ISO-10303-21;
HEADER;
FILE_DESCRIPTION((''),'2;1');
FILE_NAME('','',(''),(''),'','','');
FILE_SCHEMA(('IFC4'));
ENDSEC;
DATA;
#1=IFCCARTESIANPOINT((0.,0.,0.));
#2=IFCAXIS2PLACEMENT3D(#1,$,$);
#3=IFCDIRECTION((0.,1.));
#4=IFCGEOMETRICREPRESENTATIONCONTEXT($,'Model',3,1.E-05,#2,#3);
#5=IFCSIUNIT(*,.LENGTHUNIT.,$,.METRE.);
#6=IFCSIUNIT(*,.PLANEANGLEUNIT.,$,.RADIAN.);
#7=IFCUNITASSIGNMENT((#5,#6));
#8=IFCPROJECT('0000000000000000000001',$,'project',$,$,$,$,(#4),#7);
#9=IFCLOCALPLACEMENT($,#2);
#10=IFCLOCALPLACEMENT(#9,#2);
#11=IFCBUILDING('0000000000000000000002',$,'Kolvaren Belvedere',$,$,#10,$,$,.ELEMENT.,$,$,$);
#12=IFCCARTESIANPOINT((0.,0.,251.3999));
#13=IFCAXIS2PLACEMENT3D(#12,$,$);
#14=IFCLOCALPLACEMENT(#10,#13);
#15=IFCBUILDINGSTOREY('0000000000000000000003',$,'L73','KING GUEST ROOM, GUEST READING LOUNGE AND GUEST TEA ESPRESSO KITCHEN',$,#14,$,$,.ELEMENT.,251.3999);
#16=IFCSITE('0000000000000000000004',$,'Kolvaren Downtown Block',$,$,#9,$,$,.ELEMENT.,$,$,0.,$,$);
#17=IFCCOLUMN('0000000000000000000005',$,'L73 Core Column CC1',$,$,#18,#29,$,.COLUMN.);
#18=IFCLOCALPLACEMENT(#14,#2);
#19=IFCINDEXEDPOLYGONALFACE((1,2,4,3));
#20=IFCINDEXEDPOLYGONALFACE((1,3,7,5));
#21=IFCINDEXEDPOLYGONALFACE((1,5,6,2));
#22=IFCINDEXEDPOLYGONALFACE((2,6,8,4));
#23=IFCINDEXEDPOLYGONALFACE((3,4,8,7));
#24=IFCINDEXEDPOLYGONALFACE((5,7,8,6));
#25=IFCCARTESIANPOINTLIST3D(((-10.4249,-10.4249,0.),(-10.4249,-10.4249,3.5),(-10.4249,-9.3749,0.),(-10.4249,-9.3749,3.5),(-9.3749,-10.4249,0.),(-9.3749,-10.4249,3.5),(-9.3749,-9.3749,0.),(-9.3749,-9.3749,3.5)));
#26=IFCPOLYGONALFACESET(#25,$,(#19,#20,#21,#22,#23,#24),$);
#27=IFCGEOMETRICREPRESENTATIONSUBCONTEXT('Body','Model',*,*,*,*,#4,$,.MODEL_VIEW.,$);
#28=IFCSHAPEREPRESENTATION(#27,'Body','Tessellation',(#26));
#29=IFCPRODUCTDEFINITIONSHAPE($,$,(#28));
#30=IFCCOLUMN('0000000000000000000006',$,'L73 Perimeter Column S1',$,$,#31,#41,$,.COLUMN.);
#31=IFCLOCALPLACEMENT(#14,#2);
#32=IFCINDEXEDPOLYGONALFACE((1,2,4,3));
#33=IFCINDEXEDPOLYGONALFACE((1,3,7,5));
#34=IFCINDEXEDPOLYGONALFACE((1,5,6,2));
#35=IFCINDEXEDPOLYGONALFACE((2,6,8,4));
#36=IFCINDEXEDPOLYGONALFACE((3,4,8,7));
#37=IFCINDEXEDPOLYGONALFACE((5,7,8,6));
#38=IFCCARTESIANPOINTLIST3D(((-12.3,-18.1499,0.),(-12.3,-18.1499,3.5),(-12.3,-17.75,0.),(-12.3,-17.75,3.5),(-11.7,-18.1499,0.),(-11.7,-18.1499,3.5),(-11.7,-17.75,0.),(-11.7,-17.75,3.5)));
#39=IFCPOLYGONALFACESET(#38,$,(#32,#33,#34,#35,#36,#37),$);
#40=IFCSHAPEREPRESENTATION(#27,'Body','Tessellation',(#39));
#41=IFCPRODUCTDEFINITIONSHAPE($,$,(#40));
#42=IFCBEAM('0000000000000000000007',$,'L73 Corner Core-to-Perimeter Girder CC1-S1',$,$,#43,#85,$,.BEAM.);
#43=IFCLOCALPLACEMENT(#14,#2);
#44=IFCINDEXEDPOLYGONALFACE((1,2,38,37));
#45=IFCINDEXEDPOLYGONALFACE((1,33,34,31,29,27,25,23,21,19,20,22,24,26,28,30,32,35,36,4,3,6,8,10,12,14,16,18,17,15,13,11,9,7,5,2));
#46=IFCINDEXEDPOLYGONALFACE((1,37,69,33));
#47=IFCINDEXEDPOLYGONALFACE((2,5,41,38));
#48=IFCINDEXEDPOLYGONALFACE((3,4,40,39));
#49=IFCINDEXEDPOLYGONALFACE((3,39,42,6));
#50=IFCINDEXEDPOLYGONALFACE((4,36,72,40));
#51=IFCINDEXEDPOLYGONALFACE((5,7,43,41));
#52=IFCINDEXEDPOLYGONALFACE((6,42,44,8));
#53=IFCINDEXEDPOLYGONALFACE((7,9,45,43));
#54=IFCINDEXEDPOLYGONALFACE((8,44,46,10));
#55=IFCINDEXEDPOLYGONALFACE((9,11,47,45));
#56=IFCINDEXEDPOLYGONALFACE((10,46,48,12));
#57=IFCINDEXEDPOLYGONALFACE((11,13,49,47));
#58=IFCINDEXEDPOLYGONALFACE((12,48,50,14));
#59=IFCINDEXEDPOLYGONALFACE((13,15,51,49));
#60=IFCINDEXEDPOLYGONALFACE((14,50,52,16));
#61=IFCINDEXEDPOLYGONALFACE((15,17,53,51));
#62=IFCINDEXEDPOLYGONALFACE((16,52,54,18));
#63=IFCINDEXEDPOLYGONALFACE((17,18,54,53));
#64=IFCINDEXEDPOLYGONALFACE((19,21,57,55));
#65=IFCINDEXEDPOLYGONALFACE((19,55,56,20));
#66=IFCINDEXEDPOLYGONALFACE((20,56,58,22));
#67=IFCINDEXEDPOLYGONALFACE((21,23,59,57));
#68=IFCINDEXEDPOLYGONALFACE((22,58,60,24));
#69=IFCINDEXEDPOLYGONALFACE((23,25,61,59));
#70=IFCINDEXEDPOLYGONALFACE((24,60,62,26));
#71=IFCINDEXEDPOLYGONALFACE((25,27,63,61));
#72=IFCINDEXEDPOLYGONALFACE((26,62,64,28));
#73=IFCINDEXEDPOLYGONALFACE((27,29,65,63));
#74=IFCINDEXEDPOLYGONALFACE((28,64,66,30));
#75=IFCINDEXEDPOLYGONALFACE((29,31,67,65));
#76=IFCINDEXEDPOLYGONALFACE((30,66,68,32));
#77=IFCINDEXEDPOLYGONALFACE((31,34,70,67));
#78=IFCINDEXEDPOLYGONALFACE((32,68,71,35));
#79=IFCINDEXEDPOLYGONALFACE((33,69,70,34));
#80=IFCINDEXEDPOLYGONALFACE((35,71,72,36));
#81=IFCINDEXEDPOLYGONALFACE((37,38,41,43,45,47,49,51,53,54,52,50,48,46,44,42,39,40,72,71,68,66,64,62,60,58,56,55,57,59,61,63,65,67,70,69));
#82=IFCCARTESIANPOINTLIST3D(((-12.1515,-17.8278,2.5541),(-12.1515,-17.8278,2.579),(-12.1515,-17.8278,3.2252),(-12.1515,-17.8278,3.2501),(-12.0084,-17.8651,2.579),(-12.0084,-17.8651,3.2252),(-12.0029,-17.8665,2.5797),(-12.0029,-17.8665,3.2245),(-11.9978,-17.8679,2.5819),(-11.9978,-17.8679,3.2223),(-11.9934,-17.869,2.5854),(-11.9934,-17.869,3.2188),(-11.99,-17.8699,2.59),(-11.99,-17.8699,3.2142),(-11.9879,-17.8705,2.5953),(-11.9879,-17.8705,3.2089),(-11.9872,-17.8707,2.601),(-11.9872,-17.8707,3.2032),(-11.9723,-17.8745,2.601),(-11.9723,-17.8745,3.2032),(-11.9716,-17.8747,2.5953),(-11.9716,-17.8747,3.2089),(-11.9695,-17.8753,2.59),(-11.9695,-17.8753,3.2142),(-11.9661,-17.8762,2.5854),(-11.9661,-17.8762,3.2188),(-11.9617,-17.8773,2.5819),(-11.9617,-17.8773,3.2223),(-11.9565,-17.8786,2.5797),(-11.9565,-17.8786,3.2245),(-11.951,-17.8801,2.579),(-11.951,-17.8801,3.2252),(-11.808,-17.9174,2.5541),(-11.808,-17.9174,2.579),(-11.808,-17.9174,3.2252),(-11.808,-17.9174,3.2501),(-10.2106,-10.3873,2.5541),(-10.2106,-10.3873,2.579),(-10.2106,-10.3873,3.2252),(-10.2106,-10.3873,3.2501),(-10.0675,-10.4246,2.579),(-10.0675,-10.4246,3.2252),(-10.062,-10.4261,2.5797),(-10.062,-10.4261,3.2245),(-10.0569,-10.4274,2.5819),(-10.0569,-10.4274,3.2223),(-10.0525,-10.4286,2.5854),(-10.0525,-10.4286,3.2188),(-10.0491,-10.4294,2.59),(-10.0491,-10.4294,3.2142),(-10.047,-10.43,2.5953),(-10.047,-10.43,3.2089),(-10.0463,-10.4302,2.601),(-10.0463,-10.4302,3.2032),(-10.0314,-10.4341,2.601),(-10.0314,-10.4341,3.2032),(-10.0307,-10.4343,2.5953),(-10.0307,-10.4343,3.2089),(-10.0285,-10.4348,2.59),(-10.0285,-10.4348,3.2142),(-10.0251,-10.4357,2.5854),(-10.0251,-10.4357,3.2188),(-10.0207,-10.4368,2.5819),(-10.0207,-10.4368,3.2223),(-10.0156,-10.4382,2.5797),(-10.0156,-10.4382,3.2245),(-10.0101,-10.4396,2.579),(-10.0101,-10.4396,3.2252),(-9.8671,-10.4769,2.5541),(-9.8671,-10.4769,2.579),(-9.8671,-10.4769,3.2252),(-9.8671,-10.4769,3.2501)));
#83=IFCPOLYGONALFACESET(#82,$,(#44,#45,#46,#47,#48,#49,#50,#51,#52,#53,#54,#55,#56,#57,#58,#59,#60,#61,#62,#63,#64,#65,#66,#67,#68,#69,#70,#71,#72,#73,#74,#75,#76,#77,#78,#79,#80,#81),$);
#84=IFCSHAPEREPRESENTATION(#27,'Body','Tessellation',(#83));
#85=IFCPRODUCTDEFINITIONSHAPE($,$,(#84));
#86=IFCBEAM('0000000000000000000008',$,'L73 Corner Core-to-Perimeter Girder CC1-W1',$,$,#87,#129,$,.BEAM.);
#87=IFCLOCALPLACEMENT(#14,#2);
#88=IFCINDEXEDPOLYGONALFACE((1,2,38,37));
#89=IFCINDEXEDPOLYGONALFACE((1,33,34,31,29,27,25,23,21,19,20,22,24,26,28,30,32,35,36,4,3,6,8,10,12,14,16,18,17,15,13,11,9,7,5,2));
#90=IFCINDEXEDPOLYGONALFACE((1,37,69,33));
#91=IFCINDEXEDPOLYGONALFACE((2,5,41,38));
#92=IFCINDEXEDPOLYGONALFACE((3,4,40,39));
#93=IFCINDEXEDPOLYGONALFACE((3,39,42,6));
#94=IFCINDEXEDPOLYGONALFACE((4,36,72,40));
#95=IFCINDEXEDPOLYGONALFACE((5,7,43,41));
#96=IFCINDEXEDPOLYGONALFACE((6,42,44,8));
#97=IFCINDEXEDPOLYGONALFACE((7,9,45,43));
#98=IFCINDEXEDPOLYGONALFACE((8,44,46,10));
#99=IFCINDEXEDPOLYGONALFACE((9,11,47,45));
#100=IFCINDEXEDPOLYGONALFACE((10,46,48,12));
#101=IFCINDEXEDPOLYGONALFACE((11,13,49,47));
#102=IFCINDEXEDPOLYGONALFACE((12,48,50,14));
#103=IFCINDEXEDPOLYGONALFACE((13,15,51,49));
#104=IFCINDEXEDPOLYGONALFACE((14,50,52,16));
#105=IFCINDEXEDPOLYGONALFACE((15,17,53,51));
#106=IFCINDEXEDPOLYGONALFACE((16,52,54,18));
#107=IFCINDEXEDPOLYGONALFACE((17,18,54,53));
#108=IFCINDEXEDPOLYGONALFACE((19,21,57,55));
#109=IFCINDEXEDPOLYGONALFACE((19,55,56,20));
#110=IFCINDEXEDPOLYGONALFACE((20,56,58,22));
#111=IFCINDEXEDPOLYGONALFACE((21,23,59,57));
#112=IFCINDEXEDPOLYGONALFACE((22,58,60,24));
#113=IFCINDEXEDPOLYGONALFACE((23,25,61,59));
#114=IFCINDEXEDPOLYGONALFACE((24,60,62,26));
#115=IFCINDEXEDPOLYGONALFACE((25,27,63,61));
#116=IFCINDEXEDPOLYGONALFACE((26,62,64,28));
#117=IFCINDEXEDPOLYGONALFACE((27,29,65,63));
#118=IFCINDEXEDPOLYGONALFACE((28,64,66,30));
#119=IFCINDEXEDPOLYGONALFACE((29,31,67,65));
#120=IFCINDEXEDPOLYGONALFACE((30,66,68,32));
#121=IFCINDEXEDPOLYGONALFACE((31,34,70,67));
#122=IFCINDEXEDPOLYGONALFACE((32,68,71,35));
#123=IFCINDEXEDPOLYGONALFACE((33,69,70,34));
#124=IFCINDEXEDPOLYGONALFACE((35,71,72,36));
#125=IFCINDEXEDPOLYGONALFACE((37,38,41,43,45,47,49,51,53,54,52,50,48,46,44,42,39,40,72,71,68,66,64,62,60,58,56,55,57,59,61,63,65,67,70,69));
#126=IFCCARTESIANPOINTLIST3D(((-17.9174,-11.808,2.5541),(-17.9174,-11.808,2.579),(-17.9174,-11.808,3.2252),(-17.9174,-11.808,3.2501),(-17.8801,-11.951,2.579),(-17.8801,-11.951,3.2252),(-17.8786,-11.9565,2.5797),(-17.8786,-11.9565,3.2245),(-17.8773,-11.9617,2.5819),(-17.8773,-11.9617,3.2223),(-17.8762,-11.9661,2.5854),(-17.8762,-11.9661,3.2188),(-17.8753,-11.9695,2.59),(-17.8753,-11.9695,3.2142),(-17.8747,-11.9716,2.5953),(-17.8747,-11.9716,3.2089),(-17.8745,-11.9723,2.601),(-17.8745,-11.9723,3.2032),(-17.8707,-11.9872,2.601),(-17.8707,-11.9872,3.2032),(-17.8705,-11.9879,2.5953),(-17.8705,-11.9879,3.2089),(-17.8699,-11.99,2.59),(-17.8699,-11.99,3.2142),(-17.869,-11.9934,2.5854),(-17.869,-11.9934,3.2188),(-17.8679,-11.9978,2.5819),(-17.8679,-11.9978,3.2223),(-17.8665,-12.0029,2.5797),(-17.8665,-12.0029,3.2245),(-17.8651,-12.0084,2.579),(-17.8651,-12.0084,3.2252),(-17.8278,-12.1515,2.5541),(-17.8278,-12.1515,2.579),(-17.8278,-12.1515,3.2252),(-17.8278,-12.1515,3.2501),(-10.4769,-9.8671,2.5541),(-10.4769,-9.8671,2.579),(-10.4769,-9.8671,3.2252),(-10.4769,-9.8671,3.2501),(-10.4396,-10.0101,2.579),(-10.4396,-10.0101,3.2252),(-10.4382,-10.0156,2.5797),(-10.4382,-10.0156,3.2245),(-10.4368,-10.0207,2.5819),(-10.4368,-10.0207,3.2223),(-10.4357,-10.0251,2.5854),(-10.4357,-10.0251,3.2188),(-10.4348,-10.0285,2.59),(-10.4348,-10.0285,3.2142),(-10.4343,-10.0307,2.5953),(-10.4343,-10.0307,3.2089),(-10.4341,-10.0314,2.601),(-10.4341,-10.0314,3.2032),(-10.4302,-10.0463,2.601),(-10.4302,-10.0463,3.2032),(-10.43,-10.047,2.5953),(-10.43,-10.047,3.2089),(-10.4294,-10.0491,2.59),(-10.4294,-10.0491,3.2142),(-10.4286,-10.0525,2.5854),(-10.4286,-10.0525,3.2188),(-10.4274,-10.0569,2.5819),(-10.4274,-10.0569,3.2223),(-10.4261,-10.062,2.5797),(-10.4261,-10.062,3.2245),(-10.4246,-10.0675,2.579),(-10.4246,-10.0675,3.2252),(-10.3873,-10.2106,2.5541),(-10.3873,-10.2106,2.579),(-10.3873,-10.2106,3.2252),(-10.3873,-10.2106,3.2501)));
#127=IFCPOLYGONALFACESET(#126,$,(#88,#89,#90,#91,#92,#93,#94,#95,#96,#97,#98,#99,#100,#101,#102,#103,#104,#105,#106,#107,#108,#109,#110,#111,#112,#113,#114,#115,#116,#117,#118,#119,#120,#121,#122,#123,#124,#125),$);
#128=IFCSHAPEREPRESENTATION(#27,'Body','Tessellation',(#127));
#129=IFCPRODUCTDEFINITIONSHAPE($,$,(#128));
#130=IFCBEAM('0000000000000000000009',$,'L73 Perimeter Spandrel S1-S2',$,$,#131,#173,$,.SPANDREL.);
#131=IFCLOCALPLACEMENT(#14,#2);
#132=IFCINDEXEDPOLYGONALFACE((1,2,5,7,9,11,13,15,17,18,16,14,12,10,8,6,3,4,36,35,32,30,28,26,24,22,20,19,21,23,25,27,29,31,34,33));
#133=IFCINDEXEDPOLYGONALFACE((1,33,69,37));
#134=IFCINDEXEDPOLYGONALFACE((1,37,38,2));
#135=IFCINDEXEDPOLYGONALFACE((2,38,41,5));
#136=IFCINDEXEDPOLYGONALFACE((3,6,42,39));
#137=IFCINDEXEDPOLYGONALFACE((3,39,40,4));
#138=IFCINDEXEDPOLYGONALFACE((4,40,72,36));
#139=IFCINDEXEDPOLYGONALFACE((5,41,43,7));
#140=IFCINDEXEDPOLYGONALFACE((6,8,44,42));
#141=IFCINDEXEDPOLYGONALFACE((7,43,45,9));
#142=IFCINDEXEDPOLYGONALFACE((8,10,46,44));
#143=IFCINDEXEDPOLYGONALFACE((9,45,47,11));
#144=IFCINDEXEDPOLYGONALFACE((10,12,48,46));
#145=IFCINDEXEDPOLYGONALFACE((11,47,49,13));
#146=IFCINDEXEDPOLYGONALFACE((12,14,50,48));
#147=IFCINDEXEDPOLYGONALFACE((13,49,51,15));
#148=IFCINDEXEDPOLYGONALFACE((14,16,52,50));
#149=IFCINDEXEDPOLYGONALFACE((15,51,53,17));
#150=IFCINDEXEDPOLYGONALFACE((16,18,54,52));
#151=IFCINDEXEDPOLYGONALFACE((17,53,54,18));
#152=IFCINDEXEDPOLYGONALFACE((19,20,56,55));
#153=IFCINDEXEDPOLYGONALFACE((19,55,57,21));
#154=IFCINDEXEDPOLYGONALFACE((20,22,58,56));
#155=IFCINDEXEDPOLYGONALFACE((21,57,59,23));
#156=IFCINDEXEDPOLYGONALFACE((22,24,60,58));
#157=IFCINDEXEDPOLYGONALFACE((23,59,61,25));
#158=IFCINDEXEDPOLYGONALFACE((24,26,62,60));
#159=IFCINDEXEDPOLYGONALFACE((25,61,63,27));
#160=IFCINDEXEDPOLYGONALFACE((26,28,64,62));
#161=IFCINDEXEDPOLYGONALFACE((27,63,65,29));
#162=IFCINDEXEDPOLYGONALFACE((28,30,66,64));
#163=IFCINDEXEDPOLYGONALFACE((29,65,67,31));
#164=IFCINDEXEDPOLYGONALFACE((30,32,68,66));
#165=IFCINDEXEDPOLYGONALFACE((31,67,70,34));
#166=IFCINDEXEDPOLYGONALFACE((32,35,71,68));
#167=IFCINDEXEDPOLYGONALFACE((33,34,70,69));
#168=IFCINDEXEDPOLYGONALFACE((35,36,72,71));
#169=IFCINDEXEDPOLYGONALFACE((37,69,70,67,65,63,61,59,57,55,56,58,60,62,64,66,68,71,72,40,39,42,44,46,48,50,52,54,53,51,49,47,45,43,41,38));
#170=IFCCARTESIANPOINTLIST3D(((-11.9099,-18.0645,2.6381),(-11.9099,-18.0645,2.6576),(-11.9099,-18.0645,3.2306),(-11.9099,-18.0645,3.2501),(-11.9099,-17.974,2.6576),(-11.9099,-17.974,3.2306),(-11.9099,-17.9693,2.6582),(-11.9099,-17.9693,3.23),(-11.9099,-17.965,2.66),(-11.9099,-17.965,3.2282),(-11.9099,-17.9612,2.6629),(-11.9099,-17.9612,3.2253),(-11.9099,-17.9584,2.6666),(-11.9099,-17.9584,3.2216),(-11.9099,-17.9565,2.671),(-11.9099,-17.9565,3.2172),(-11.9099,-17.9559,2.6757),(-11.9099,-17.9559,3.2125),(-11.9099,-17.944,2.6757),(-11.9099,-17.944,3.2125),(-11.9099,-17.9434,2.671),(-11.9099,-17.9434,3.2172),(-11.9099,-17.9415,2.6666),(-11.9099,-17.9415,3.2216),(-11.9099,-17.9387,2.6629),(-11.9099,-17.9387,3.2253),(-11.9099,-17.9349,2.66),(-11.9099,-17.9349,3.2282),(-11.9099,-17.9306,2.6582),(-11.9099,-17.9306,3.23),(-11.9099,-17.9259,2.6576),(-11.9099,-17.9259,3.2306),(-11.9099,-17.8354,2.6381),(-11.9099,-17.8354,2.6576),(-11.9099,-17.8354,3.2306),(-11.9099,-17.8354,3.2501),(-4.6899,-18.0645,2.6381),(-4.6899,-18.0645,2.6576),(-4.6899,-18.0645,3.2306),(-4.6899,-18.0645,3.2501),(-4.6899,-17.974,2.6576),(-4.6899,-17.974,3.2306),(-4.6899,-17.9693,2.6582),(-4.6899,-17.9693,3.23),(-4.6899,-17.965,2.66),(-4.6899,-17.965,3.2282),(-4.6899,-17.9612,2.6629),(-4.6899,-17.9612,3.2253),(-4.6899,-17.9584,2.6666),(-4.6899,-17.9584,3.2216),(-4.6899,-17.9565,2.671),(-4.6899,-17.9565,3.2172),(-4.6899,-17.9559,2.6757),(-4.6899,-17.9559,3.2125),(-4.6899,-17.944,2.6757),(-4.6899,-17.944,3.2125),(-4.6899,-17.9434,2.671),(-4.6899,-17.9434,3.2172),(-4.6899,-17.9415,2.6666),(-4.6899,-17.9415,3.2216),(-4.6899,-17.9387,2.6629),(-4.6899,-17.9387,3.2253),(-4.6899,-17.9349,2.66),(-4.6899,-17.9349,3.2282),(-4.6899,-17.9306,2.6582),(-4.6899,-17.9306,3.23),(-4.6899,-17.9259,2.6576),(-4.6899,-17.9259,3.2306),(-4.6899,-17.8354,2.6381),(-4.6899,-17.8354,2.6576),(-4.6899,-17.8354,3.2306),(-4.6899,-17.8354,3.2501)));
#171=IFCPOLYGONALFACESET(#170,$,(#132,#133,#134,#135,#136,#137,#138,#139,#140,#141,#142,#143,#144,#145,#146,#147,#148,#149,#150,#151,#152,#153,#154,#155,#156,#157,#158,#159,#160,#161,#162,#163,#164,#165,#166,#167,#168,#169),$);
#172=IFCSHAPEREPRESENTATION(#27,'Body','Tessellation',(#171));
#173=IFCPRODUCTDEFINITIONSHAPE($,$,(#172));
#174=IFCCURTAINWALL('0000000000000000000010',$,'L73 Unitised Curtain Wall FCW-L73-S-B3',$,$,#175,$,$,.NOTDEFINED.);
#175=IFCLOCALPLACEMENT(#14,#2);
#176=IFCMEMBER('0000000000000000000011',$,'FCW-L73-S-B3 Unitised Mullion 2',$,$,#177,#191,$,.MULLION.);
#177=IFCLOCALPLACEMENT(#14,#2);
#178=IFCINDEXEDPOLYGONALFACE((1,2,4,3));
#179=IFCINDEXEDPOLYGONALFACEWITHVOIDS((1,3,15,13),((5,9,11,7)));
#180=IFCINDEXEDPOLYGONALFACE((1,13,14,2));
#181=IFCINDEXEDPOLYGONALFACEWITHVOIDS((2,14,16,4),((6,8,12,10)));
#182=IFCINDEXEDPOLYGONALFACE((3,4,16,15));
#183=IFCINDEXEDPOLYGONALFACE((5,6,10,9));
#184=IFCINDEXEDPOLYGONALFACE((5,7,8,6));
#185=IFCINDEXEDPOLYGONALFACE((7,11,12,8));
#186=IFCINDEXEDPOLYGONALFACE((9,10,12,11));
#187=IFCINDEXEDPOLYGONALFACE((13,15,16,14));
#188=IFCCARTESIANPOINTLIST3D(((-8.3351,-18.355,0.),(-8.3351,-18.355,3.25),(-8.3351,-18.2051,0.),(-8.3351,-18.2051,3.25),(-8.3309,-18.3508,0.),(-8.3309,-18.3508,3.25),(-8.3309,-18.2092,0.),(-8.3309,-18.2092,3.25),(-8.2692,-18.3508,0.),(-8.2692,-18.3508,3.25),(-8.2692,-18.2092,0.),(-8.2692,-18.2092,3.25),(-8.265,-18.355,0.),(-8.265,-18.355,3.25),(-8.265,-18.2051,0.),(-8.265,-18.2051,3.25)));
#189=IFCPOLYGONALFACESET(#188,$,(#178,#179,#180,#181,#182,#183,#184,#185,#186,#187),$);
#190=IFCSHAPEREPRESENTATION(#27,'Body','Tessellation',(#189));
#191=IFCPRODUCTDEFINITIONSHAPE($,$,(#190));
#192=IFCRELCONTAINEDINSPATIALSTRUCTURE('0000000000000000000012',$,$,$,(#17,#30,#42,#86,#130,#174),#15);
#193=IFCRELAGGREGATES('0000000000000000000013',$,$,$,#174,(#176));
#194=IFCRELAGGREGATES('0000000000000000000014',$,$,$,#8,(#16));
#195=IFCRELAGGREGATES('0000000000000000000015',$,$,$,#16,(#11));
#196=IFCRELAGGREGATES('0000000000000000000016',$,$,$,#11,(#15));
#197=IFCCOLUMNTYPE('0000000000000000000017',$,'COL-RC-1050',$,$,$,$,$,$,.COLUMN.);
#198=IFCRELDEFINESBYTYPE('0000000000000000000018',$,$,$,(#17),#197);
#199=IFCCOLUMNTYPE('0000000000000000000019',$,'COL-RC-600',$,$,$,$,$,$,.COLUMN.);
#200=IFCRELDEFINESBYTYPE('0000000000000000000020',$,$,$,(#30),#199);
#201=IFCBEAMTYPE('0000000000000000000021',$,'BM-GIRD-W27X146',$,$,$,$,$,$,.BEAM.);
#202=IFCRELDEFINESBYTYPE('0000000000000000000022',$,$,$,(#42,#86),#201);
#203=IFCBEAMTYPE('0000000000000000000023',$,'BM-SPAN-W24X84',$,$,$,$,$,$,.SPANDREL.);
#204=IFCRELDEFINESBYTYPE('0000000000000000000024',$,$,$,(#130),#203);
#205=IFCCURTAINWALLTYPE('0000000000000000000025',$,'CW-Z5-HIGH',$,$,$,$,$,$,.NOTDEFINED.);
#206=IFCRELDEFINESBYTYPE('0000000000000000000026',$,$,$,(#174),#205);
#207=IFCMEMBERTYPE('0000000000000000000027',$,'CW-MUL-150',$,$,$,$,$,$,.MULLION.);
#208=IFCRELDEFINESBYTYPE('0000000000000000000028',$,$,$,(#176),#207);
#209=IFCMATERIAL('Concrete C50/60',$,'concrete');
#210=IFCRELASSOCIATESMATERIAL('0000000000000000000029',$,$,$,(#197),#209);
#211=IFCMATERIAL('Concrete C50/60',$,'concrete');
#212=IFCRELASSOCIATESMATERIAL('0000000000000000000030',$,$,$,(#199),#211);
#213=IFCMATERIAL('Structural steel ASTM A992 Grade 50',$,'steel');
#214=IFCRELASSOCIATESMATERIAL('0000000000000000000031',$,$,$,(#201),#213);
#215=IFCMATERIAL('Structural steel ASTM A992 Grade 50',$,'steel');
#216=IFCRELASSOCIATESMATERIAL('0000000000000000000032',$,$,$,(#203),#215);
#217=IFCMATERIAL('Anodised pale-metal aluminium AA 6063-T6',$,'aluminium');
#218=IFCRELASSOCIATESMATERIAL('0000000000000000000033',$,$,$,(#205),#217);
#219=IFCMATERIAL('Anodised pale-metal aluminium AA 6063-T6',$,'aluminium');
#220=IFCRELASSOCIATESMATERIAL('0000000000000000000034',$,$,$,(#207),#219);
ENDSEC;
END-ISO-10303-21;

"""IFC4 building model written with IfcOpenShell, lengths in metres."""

from ifc_helpers import new_model, si_unit, direction, frame, origin, origin_2d, place, context, subcontext, project, spatial, rectangle, hollow_rectangle, i_section, extrude, material, material_profile, profile_set, type_object, element, aggregate, save


model = new_model("IFC4")

# Units and contexts
model_context = context("Model", 3, precision=1e-05, world=origin(), true_north=direction((0.0, 1.0)))
body_context = subcontext(model_context, "Body", "Model", "MODEL_VIEW")
ifc_project = project(units=[si_unit("LENGTHUNIT", "METRE"), si_unit("PLANEANGLEUNIT", "RADIAN")], contexts=[model_context])

# Site, building, storey
site_placement = place(None, origin())
site = spatial("IfcSite", under=ifc_project, at=site_placement, Name="Kolvaren Downtown Block", CompositionType="ELEMENT", RefElevation=0.0)
building_placement = place(site_placement, origin())
building = spatial("IfcBuilding", under=site, at=building_placement, Name="Kolvaren Belvedere", CompositionType="ELEMENT")
storey_placement = place(building_placement, frame((0.0, 0.0, 251.3999)))
storey = spatial("IfcBuildingStorey", under=building, at=storey_placement, Name="L73", Description="KING GUEST ROOM, GUEST READING LOUNGE AND GUEST TEA ESPRESSO KITCHEN", CompositionType="ELEMENT", Elevation=251.3999)

# Columns
ifc_material_1 = material(Name="Concrete C50/60", Category="concrete")
ifc_material_profile_1 = material_profile(ifc_material_1, rectangle(XDim=1.05, YDim=1.05, at=origin_2d()), Name="RC 1050X1050")
ifc_profile_set_1 = profile_set([ifc_material_profile_1], Name="Concrete C50/60")
column_type_1 = type_object("IfcColumnType", Name="COL-RC-1050", PredefinedType="COLUMN", material=ifc_profile_set_1)
column_1_placement = place(storey_placement, frame((-9.8999, -9.8999, 0.0), z_axis=(0.0, 0.0, 1.0), x_axis=(1.0, 0.0, 0.0)))
element("IfcColumn", 1, at=column_1_placement, inside=storey, type_object=column_type_1, Name="L73 Core Column CC1", PredefinedType="COLUMN", context=body_context, shape_type="SweptSolid", body=[
    extrude(rectangle(XDim=1.05, YDim=1.05, at=origin_2d()), origin(), (0.0, 0.0, 1.0), 3.5),
])
ifc_material_2 = material(Name="Concrete C50/60", Category="concrete")
ifc_material_profile_2 = material_profile(ifc_material_2, rectangle(XDim=0.6001, YDim=0.3999, at=origin_2d()), Name="RC 600X400")
ifc_profile_set_2 = profile_set([ifc_material_profile_2], Name="Concrete C50/60")
column_type_2 = type_object("IfcColumnType", Name="COL-RC-600", PredefinedType="COLUMN", material=ifc_profile_set_2)
column_2_placement = place(storey_placement, frame((-12.0, -17.95, 0.0), z_axis=(0.0, 0.0, 1.0), x_axis=(1.0, 0.0, 0.0)))
element("IfcColumn", 2, at=column_2_placement, inside=storey, type_object=column_type_2, Name="L73 Perimeter Column S1", PredefinedType="COLUMN", context=body_context, shape_type="SweptSolid", body=[
    extrude(rectangle(XDim=0.6001, YDim=0.3999, at=origin_2d()), origin(), (0.0, 0.0, 1.0), 3.5),
])

# Beams
ifc_material_3 = material(Name="Structural steel ASTM A992 Grade 50", Category="steel")
ifc_material_profile_3 = material_profile(ifc_material_3, i_section(OverallWidth=0.355, OverallDepth=0.696, WebThickness=0.0154, FlangeThickness=0.0249, FilletRadius=0.022, at=origin_2d()), Name="W27X146")
ifc_profile_set_3 = profile_set([ifc_material_profile_3], Name="Structural steel ASTM A992 Grade 50")
beam_type_1 = type_object("IfcBeamType", Name="BM-GIRD-W27X146", PredefinedType="BEAM", material=ifc_profile_set_3)
for number, where, z_axis, x_axis, name in (
    (3, (-10.0388, -10.4321, 2.9021), (-0.252414, -0.967619, 0.0), (0.967619, -0.252414, 0.0), "L73 Corner Core-to-Perimeter Girder CC1-S1"),
    (4, (-10.4321, -10.0388, 2.9021), (-0.967619, -0.252414, 0.0), (0.252414, -0.967619, 0.0), "L73 Corner Core-to-Perimeter Girder CC1-W1"),
):
    element("IfcBeam", number, at=place(storey_placement, frame(where, z_axis=z_axis, x_axis=x_axis)), inside=storey, type_object=beam_type_1, Name=name, PredefinedType="BEAM", context=body_context, shape_type="SweptSolid", body=[
        extrude(i_section(OverallWidth=0.355, OverallDepth=0.696, WebThickness=0.0154, FlangeThickness=0.0249, FilletRadius=0.022, at=origin_2d()), origin(), (0.0, 0.0, 1.0), 7.6895),
    ])
ifc_material_4 = material(Name="Structural steel ASTM A992 Grade 50", Category="steel")
ifc_material_profile_4 = material_profile(ifc_material_4, i_section(OverallWidth=0.229, OverallDepth=0.6121, WebThickness=0.012, FlangeThickness=0.0195, FilletRadius=0.0181, at=origin_2d()), Name="W24X84")
ifc_profile_set_4 = profile_set([ifc_material_profile_4], Name="Structural steel ASTM A992 Grade 50")
beam_type_2 = type_object("IfcBeamType", Name="BM-SPAN-W24X84", PredefinedType="SPANDREL", material=ifc_profile_set_4)
beam_placement = place(storey_placement, frame((-11.9099, -17.95, 2.9441), z_axis=(1.0, 0.0, 0.0), x_axis=(0.0, 1.0, 0.0)))
element("IfcBeam", 5, at=beam_placement, inside=storey, type_object=beam_type_2, Name="L73 Perimeter Spandrel S1-S2", PredefinedType="SPANDREL", context=body_context, shape_type="SweptSolid", body=[
    extrude(i_section(OverallWidth=0.229, OverallDepth=0.6121, WebThickness=0.012, FlangeThickness=0.0195, FilletRadius=0.0181, at=origin_2d()), origin(), (0.0, 0.0, 1.0), 7.22),
])

# Curtain wall, member
ifc_material_5 = material(Name="Anodised pale-metal aluminium AA 6063-T6", Category="aluminium")
curtain_wall_type = type_object("IfcCurtainWallType", Name="CW-Z5-HIGH", PredefinedType="NOTDEFINED", material=ifc_material_5)
curtain_wall_placement = place(storey_placement, origin())
curtain_wall = element("IfcCurtainWall", 6, at=curtain_wall_placement, inside=storey, type_object=curtain_wall_type, Name="L73 Unitised Curtain Wall FCW-L73-S-B3", PredefinedType="NOTDEFINED")
ifc_material_6 = material(Name="Anodised pale-metal aluminium AA 6063-T6", Category="aluminium")
ifc_material_profile_5 = material_profile(ifc_material_6, hollow_rectangle(XDim=0.0701, YDim=0.1499, WallThickness=0.0042, at=origin_2d()), Name="ALU-MUL-150X70")
ifc_profile_set_5 = profile_set([ifc_material_profile_5], Name="Anodised pale-metal aluminium AA 6063-T6")
member_type = type_object("IfcMemberType", Name="CW-MUL-150", PredefinedType="MULLION", material=ifc_profile_set_5)
member_1_placement = place(storey_placement, frame((-8.3, -18.28, 0.0), z_axis=(0.0, 0.0, 1.0), x_axis=(1.0, 0.0, 0.0)))
member_1 = element("IfcMember", 7, at=member_1_placement, type_object=member_type, Name="FCW-L73-S-B3 Unitised Mullion 2", PredefinedType="MULLION", context=body_context, shape_type="SweptSolid", body=[
    extrude(hollow_rectangle(XDim=0.0701, YDim=0.1499, WallThickness=0.0042, at=origin_2d()), origin(), (0.0, 0.0, 1.0), 3.25),
])
aggregate(curtain_wall, [member_1])

save(model, "model.ifc")
